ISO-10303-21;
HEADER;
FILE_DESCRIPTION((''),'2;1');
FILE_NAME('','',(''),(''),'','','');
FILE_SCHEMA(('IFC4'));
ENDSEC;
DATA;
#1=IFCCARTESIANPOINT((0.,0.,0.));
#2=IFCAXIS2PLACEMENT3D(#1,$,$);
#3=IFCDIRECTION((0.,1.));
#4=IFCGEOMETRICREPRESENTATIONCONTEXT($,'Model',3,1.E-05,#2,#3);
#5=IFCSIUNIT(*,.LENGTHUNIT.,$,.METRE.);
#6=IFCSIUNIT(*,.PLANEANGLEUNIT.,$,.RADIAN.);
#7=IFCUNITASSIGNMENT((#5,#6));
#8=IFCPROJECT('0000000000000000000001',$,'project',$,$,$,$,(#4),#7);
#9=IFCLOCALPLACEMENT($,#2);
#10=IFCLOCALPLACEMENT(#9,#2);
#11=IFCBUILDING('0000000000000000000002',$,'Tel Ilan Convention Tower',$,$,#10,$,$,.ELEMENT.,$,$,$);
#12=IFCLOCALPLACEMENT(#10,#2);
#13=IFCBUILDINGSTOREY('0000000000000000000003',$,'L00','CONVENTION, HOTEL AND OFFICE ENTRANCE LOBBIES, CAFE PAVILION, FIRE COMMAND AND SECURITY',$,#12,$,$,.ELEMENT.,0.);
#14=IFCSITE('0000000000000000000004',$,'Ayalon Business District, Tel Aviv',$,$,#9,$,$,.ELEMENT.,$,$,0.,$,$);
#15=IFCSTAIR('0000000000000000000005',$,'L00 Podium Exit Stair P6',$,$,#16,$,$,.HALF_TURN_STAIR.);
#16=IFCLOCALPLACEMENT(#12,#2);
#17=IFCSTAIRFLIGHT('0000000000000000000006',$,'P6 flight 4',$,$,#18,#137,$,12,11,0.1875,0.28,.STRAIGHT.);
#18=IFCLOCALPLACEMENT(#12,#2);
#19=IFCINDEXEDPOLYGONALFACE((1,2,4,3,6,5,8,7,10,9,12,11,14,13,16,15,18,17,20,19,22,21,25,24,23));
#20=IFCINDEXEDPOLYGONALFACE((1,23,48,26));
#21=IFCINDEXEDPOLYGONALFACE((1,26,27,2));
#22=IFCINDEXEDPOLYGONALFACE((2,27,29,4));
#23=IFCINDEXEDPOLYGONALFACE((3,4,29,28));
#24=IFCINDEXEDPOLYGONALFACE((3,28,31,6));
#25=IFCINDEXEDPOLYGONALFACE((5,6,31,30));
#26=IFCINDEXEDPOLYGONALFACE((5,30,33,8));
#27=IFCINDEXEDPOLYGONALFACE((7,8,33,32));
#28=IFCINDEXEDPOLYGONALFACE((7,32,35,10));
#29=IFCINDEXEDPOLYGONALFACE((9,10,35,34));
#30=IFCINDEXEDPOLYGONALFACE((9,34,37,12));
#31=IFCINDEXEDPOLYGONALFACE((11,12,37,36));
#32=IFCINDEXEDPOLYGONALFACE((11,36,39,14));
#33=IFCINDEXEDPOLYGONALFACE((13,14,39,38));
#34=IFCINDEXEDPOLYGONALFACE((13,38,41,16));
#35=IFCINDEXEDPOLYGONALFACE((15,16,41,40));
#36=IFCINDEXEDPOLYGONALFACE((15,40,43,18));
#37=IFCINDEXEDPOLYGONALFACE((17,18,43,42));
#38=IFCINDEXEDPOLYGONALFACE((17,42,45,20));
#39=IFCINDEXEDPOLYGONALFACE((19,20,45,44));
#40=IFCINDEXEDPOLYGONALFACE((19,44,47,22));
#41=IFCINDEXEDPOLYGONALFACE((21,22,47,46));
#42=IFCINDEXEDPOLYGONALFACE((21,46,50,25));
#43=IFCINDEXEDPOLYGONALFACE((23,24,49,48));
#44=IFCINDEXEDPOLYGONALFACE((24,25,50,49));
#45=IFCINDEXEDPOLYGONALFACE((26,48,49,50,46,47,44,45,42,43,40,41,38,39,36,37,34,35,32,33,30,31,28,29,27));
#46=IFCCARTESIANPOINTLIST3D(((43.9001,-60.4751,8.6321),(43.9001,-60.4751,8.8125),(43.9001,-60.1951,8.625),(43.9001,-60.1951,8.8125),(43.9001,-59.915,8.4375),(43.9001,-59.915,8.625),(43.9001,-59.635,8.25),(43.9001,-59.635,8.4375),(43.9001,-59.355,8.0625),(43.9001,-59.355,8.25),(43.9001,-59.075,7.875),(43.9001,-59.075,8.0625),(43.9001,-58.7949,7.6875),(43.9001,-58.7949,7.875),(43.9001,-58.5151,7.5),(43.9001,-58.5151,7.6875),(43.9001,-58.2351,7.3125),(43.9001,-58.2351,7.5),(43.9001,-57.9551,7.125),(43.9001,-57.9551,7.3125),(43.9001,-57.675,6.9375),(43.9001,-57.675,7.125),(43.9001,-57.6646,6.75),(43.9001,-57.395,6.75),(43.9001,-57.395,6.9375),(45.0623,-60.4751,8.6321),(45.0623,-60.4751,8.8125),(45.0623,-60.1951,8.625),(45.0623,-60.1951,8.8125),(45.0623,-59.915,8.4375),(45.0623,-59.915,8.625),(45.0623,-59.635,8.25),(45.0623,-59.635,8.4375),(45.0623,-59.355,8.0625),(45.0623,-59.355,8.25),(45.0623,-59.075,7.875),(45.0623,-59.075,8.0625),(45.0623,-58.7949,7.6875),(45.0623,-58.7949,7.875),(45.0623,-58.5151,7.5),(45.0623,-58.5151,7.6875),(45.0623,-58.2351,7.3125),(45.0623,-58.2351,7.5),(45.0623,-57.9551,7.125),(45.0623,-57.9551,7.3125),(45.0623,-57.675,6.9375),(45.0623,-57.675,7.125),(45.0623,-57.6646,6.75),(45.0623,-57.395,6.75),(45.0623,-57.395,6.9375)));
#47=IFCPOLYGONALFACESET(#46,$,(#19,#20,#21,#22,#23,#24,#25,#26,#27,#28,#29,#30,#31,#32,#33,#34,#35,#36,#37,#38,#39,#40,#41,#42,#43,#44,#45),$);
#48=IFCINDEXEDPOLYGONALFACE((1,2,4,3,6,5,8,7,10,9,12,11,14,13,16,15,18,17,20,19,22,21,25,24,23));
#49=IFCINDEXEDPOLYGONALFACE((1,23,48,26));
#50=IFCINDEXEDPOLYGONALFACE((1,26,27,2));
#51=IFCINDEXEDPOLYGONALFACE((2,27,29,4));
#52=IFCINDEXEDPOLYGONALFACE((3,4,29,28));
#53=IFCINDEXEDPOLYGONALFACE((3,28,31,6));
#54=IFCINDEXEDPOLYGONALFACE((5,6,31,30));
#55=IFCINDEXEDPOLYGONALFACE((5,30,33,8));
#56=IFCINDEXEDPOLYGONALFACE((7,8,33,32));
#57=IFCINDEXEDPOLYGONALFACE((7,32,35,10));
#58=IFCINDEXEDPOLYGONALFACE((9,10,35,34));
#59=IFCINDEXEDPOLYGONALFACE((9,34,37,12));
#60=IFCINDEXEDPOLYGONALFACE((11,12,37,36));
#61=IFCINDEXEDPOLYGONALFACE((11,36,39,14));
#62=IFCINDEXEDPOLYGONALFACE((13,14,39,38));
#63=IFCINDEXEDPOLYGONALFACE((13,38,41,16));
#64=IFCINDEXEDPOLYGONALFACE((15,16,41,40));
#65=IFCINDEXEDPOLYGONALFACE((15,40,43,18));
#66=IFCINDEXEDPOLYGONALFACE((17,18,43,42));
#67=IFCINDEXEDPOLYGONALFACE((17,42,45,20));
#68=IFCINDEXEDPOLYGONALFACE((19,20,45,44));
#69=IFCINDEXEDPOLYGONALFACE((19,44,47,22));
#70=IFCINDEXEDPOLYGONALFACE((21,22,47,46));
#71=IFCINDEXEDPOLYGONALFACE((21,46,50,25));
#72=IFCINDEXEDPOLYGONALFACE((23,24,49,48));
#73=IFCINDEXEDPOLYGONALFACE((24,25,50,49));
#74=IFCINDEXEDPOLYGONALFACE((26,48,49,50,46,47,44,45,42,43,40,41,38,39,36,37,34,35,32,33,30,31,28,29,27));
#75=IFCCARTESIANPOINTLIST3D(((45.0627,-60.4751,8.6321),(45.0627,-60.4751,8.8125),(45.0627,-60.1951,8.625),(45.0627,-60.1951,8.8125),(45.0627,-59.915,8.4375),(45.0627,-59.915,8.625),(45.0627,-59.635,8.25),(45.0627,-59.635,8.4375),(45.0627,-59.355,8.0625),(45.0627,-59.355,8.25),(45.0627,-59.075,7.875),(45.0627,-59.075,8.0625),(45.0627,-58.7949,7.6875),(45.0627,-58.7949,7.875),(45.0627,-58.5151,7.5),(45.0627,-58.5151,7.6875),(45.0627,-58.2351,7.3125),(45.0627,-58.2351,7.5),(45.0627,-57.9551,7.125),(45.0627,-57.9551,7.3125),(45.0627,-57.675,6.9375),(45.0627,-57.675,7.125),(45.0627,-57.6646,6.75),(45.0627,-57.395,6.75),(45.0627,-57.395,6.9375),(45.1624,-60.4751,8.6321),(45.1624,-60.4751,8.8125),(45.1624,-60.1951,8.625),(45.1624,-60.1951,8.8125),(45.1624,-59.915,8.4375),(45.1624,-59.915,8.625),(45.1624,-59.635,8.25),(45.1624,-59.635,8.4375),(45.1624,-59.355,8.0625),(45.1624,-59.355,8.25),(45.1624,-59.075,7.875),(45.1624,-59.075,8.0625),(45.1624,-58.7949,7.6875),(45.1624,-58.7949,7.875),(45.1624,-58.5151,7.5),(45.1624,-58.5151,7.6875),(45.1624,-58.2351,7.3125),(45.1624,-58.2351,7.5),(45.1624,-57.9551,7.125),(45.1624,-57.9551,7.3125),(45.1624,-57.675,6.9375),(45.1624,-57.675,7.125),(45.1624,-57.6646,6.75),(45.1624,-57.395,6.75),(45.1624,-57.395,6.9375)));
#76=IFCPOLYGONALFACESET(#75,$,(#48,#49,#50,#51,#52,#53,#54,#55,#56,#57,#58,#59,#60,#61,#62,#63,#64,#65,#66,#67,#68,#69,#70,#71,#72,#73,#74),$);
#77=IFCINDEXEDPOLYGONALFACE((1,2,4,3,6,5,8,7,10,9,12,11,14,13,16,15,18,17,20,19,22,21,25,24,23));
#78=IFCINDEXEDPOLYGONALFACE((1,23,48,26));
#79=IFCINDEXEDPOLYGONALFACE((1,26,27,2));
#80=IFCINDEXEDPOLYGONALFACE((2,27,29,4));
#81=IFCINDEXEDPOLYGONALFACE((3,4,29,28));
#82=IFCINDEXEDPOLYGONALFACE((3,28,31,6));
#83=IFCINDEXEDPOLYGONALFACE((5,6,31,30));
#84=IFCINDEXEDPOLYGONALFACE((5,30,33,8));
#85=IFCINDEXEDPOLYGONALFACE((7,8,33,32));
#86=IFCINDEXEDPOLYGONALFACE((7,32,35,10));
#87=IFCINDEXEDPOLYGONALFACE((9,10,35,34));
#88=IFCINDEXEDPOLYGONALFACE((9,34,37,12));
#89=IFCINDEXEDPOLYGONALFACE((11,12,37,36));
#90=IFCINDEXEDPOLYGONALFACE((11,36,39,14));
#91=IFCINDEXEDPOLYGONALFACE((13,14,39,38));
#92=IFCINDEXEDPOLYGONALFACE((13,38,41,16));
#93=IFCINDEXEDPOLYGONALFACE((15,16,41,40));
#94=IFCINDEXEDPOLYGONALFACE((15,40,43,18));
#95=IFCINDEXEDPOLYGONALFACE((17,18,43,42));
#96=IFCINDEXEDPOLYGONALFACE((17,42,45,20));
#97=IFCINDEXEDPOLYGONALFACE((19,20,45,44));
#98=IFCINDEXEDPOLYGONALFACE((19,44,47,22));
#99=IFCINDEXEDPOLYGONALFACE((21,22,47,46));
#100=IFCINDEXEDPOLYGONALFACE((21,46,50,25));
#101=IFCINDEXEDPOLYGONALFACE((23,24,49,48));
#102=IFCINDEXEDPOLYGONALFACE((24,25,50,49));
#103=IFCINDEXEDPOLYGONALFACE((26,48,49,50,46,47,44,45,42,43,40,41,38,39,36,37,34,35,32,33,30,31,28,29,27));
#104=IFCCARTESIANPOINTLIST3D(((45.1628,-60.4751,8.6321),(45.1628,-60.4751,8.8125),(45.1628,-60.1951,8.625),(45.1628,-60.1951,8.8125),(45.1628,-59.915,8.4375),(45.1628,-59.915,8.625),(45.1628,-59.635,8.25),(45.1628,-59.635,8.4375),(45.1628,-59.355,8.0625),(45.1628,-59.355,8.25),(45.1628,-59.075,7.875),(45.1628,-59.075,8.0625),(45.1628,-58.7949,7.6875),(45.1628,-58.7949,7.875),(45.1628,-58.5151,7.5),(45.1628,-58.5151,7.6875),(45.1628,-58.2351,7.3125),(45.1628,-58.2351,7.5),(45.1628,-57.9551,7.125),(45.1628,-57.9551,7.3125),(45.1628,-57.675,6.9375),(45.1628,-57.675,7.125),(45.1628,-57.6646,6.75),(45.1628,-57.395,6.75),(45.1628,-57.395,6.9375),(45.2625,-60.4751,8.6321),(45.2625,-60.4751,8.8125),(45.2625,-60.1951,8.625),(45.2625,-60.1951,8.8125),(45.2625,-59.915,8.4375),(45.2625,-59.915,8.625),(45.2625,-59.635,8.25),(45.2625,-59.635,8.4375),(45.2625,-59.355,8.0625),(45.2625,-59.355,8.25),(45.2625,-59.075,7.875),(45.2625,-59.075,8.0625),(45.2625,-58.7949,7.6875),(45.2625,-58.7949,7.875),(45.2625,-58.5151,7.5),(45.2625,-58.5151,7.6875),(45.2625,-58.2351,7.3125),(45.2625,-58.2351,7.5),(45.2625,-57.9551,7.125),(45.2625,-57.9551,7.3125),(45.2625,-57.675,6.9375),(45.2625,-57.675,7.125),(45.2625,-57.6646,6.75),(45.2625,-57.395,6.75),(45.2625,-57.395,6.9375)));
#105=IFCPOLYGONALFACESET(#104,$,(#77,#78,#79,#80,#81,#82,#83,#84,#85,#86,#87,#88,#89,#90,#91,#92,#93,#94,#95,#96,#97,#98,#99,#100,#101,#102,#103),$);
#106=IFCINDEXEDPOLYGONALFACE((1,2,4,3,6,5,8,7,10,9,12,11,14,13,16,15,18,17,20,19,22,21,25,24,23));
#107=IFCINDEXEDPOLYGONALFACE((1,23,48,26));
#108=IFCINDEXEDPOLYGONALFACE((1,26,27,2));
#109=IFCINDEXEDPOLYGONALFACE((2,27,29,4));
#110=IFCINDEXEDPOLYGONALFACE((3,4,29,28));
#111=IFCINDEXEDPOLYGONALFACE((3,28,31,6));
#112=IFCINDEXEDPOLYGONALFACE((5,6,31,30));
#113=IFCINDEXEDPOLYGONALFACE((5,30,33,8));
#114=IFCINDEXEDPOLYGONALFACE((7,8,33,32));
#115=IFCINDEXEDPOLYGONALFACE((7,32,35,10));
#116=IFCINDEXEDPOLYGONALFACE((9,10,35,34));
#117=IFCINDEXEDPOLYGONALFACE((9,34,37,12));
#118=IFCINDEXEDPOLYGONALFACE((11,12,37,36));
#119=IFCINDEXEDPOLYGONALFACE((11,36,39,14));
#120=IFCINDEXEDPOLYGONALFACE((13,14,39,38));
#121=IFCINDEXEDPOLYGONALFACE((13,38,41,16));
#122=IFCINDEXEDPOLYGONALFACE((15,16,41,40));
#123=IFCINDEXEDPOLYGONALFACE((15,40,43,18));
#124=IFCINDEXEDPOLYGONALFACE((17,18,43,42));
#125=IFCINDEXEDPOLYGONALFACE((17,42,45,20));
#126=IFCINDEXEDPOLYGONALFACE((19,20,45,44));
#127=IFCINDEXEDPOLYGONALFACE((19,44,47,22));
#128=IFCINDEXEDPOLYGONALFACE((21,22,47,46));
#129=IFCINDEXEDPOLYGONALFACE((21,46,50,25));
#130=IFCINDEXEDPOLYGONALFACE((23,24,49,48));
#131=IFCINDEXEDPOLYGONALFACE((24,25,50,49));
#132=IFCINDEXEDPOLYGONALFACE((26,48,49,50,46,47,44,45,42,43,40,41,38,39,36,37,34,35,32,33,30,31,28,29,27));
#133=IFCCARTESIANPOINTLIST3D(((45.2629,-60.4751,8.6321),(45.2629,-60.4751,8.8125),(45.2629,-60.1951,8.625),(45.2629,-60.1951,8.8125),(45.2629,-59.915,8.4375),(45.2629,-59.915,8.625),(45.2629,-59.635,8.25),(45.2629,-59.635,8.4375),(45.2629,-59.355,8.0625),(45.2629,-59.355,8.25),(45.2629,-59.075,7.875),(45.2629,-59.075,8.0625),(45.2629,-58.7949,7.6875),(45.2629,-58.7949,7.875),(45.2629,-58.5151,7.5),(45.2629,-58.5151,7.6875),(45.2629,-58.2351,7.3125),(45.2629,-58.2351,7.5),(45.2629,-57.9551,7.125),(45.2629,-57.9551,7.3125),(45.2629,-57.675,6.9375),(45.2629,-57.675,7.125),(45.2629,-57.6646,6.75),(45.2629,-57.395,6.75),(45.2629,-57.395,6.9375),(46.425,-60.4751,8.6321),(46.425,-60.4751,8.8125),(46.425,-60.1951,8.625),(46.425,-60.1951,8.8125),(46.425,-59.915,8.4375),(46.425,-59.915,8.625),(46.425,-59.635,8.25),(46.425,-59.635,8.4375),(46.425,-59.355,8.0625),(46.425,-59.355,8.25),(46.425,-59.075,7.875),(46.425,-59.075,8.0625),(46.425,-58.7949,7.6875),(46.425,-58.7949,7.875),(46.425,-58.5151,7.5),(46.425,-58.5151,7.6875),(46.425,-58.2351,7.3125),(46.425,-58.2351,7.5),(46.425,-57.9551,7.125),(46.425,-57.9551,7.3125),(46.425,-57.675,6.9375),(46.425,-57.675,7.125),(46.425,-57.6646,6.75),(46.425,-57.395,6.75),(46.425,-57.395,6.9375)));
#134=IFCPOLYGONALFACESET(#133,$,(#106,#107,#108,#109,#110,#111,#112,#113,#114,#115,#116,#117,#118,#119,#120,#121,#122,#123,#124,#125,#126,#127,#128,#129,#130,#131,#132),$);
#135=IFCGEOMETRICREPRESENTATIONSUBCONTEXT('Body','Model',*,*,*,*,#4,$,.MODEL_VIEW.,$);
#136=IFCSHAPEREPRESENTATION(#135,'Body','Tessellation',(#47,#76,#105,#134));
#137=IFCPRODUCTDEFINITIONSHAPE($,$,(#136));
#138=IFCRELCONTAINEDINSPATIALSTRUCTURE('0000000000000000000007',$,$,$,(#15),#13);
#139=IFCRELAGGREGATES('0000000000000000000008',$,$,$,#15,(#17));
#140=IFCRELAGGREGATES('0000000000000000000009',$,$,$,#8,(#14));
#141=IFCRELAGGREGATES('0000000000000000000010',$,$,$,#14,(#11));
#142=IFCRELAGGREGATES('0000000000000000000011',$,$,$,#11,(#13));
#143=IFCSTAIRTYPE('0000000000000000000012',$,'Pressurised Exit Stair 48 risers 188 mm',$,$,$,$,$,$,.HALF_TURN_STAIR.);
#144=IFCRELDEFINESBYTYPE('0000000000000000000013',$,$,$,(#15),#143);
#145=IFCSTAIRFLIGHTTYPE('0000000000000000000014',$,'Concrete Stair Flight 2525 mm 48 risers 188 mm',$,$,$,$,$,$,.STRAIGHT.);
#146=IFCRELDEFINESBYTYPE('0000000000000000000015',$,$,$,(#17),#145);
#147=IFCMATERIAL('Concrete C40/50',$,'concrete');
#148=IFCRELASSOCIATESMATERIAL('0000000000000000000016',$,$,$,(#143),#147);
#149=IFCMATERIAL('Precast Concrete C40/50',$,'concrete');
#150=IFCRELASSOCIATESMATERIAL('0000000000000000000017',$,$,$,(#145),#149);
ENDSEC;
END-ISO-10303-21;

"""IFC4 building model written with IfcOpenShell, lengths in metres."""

from ifc_helpers import new_model, si_unit, direction, frame, origin, place, context, subcontext, project, spatial, polyline, outline, extrude, material, type_object, element, aggregate, save


model = new_model("IFC4")

# Units and contexts
model_context = context("Model", 3, precision=1e-05, world=origin(), true_north=direction((0.0, 1.0)))
body_context = subcontext(model_context, "Body", "Model", "MODEL_VIEW")
ifc_project = project(units=[si_unit("LENGTHUNIT", "METRE"), si_unit("PLANEANGLEUNIT", "RADIAN")], contexts=[model_context])

# Site, building, storey
site_placement = place(None, origin())
site = spatial("IfcSite", under=ifc_project, at=site_placement, Name="Ayalon Business District, Tel Aviv", CompositionType="ELEMENT", RefElevation=0.0)
building_placement = place(site_placement, origin())
building = spatial("IfcBuilding", under=site, at=building_placement, Name="Tel Ilan Convention Tower", CompositionType="ELEMENT")
storey_placement = place(building_placement, origin())
storey = spatial("IfcBuildingStorey", under=building, at=storey_placement, Name="L00", Description="CONVENTION, HOTEL AND OFFICE ENTRANCE LOBBIES, CAFE PAVILION, FIRE COMMAND AND SECURITY", CompositionType="ELEMENT", Elevation=0.0)

# Stair, stair flight
ifc_material_1 = material(Name="Concrete C40/50", Category="concrete")
stair_type = type_object("IfcStairType", Name="Pressurised Exit Stair 48 risers 188 mm", PredefinedType="HALF_TURN_STAIR", material=ifc_material_1)
stair_1_placement = place(storey_placement, origin())
stair_1 = element("IfcStair", 1, at=stair_1_placement, inside=storey, type_object=stair_type, Name="L00 Podium Exit Stair P6", PredefinedType="HALF_TURN_STAIR")
ifc_material_2 = material(Name="Precast Concrete C40/50", Category="concrete")
stair_flight_type = type_object("IfcStairFlightType", Name="Concrete Stair Flight 2525 mm 48 risers 188 mm", PredefinedType="STRAIGHT", material=ifc_material_2)
stair_flight_1_placement = place(storey_placement, frame((45.1626, -57.395, 6.75), z_axis=(0.0, 0.0, 1.0), x_axis=(0.0, -1.0, 0.0)))
stair_flight_1 = element("IfcStairFlight", 2, at=stair_flight_1_placement, type_object=stair_flight_type, Name="P6 flight 4", NumberOfRisers=12, NumberOfTreads=11, PredefinedType="STRAIGHT", RiserHeight=0.1875, TreadLength=0.28, context=body_context, shape_type="SweptSolid", body=[
    extrude(outline(polyline([(0.0, 0.0), (0.0, 0.1875), (0.28, 0.1875), (0.28, 0.375), (0.5601, 0.375), (0.5601, 0.5625), (0.8401, 0.5625), (0.8401, 0.75), (1.1201, 0.75), (1.1201, 0.9375), (1.3999, 0.9375), (1.3999, 1.125), (1.6799, 1.125), (1.6799, 1.3125), (1.96, 1.3125), (1.96, 1.5), (2.24, 1.5), (2.24, 1.6875), (2.52, 1.6875), (2.52, 1.875), (2.8, 1.875), (2.8, 2.0625), (3.0801, 2.0625), (3.0801, 2.25), (3.0801, 1.8821), (0.2695, 0.0), (0.0, 0.0)])), frame((0.0, -0.1003, 0.0), z_axis=(0.0, -1.0, 0.0), x_axis=(1.0, 0.0, 0.0)), (0.0, 0.0, 1.0), 1.1621),
    extrude(outline(polyline([(0.0, 0.0), (0.0, 0.1875), (0.28, 0.1875), (0.28, 0.375), (0.5601, 0.375), (0.5601, 0.5625), (0.8401, 0.5625), (0.8401, 0.75), (1.1201, 0.75), (1.1201, 0.9375), (1.3999, 0.9375), (1.3999, 1.125), (1.6799, 1.125), (1.6799, 1.3125), (1.96, 1.3125), (1.96, 1.5), (2.24, 1.5), (2.24, 1.6875), (2.52, 1.6875), (2.52, 1.875), (2.8, 1.875), (2.8, 2.0625), (3.0801, 2.0625), (3.0801, 2.25), (3.0801, 1.8821), (0.2695, 0.0), (0.0, 0.0)])), frame((0.0, -0.0002, 0.0), z_axis=(0.0, -1.0, 0.0), x_axis=(1.0, 0.0, 0.0)), (0.0, 0.0, 1.0), 0.0996),
    extrude(outline(polyline([(0.0, 0.0), (0.0, 0.1875), (0.28, 0.1875), (0.28, 0.375), (0.5601, 0.375), (0.5601, 0.5625), (0.8401, 0.5625), (0.8401, 0.75), (1.1201, 0.75), (1.1201, 0.9375), (1.3999, 0.9375), (1.3999, 1.125), (1.6799, 1.125), (1.6799, 1.3125), (1.96, 1.3125), (1.96, 1.5), (2.24, 1.5), (2.24, 1.6875), (2.52, 1.6875), (2.52, 1.875), (2.8, 1.875), (2.8, 2.0625), (3.0801, 2.0625), (3.0801, 2.25), (3.0801, 1.8821), (0.2695, 0.0), (0.0, 0.0)])), frame((0.0, 0.0999, 0.0), z_axis=(0.0, -1.0, 0.0), x_axis=(1.0, 0.0, 0.0)), (0.0, 0.0, 1.0), 0.0996),
    extrude(outline(polyline([(0.0, 0.0), (0.0, 0.1875), (0.28, 0.1875), (0.28, 0.375), (0.5601, 0.375), (0.5601, 0.5625), (0.8401, 0.5625), (0.8401, 0.75), (1.1201, 0.75), (1.1201, 0.9375), (1.3999, 0.9375), (1.3999, 1.125), (1.6799, 1.125), (1.6799, 1.3125), (1.96, 1.3125), (1.96, 1.5), (2.24, 1.5), (2.24, 1.6875), (2.52, 1.6875), (2.52, 1.875), (2.8, 1.875), (2.8, 2.0625), (3.0801, 2.0625), (3.0801, 2.25), (3.0801, 1.8821), (0.2695, 0.0), (0.0, 0.0)])), frame((0.0, 1.2625, 0.0), z_axis=(0.0, -1.0, 0.0), x_axis=(1.0, 0.0, 0.0)), (0.0, 0.0, 1.0), 1.1621),
])
aggregate(stair_1, [stair_flight_1])

save(model, "model.ifc")
